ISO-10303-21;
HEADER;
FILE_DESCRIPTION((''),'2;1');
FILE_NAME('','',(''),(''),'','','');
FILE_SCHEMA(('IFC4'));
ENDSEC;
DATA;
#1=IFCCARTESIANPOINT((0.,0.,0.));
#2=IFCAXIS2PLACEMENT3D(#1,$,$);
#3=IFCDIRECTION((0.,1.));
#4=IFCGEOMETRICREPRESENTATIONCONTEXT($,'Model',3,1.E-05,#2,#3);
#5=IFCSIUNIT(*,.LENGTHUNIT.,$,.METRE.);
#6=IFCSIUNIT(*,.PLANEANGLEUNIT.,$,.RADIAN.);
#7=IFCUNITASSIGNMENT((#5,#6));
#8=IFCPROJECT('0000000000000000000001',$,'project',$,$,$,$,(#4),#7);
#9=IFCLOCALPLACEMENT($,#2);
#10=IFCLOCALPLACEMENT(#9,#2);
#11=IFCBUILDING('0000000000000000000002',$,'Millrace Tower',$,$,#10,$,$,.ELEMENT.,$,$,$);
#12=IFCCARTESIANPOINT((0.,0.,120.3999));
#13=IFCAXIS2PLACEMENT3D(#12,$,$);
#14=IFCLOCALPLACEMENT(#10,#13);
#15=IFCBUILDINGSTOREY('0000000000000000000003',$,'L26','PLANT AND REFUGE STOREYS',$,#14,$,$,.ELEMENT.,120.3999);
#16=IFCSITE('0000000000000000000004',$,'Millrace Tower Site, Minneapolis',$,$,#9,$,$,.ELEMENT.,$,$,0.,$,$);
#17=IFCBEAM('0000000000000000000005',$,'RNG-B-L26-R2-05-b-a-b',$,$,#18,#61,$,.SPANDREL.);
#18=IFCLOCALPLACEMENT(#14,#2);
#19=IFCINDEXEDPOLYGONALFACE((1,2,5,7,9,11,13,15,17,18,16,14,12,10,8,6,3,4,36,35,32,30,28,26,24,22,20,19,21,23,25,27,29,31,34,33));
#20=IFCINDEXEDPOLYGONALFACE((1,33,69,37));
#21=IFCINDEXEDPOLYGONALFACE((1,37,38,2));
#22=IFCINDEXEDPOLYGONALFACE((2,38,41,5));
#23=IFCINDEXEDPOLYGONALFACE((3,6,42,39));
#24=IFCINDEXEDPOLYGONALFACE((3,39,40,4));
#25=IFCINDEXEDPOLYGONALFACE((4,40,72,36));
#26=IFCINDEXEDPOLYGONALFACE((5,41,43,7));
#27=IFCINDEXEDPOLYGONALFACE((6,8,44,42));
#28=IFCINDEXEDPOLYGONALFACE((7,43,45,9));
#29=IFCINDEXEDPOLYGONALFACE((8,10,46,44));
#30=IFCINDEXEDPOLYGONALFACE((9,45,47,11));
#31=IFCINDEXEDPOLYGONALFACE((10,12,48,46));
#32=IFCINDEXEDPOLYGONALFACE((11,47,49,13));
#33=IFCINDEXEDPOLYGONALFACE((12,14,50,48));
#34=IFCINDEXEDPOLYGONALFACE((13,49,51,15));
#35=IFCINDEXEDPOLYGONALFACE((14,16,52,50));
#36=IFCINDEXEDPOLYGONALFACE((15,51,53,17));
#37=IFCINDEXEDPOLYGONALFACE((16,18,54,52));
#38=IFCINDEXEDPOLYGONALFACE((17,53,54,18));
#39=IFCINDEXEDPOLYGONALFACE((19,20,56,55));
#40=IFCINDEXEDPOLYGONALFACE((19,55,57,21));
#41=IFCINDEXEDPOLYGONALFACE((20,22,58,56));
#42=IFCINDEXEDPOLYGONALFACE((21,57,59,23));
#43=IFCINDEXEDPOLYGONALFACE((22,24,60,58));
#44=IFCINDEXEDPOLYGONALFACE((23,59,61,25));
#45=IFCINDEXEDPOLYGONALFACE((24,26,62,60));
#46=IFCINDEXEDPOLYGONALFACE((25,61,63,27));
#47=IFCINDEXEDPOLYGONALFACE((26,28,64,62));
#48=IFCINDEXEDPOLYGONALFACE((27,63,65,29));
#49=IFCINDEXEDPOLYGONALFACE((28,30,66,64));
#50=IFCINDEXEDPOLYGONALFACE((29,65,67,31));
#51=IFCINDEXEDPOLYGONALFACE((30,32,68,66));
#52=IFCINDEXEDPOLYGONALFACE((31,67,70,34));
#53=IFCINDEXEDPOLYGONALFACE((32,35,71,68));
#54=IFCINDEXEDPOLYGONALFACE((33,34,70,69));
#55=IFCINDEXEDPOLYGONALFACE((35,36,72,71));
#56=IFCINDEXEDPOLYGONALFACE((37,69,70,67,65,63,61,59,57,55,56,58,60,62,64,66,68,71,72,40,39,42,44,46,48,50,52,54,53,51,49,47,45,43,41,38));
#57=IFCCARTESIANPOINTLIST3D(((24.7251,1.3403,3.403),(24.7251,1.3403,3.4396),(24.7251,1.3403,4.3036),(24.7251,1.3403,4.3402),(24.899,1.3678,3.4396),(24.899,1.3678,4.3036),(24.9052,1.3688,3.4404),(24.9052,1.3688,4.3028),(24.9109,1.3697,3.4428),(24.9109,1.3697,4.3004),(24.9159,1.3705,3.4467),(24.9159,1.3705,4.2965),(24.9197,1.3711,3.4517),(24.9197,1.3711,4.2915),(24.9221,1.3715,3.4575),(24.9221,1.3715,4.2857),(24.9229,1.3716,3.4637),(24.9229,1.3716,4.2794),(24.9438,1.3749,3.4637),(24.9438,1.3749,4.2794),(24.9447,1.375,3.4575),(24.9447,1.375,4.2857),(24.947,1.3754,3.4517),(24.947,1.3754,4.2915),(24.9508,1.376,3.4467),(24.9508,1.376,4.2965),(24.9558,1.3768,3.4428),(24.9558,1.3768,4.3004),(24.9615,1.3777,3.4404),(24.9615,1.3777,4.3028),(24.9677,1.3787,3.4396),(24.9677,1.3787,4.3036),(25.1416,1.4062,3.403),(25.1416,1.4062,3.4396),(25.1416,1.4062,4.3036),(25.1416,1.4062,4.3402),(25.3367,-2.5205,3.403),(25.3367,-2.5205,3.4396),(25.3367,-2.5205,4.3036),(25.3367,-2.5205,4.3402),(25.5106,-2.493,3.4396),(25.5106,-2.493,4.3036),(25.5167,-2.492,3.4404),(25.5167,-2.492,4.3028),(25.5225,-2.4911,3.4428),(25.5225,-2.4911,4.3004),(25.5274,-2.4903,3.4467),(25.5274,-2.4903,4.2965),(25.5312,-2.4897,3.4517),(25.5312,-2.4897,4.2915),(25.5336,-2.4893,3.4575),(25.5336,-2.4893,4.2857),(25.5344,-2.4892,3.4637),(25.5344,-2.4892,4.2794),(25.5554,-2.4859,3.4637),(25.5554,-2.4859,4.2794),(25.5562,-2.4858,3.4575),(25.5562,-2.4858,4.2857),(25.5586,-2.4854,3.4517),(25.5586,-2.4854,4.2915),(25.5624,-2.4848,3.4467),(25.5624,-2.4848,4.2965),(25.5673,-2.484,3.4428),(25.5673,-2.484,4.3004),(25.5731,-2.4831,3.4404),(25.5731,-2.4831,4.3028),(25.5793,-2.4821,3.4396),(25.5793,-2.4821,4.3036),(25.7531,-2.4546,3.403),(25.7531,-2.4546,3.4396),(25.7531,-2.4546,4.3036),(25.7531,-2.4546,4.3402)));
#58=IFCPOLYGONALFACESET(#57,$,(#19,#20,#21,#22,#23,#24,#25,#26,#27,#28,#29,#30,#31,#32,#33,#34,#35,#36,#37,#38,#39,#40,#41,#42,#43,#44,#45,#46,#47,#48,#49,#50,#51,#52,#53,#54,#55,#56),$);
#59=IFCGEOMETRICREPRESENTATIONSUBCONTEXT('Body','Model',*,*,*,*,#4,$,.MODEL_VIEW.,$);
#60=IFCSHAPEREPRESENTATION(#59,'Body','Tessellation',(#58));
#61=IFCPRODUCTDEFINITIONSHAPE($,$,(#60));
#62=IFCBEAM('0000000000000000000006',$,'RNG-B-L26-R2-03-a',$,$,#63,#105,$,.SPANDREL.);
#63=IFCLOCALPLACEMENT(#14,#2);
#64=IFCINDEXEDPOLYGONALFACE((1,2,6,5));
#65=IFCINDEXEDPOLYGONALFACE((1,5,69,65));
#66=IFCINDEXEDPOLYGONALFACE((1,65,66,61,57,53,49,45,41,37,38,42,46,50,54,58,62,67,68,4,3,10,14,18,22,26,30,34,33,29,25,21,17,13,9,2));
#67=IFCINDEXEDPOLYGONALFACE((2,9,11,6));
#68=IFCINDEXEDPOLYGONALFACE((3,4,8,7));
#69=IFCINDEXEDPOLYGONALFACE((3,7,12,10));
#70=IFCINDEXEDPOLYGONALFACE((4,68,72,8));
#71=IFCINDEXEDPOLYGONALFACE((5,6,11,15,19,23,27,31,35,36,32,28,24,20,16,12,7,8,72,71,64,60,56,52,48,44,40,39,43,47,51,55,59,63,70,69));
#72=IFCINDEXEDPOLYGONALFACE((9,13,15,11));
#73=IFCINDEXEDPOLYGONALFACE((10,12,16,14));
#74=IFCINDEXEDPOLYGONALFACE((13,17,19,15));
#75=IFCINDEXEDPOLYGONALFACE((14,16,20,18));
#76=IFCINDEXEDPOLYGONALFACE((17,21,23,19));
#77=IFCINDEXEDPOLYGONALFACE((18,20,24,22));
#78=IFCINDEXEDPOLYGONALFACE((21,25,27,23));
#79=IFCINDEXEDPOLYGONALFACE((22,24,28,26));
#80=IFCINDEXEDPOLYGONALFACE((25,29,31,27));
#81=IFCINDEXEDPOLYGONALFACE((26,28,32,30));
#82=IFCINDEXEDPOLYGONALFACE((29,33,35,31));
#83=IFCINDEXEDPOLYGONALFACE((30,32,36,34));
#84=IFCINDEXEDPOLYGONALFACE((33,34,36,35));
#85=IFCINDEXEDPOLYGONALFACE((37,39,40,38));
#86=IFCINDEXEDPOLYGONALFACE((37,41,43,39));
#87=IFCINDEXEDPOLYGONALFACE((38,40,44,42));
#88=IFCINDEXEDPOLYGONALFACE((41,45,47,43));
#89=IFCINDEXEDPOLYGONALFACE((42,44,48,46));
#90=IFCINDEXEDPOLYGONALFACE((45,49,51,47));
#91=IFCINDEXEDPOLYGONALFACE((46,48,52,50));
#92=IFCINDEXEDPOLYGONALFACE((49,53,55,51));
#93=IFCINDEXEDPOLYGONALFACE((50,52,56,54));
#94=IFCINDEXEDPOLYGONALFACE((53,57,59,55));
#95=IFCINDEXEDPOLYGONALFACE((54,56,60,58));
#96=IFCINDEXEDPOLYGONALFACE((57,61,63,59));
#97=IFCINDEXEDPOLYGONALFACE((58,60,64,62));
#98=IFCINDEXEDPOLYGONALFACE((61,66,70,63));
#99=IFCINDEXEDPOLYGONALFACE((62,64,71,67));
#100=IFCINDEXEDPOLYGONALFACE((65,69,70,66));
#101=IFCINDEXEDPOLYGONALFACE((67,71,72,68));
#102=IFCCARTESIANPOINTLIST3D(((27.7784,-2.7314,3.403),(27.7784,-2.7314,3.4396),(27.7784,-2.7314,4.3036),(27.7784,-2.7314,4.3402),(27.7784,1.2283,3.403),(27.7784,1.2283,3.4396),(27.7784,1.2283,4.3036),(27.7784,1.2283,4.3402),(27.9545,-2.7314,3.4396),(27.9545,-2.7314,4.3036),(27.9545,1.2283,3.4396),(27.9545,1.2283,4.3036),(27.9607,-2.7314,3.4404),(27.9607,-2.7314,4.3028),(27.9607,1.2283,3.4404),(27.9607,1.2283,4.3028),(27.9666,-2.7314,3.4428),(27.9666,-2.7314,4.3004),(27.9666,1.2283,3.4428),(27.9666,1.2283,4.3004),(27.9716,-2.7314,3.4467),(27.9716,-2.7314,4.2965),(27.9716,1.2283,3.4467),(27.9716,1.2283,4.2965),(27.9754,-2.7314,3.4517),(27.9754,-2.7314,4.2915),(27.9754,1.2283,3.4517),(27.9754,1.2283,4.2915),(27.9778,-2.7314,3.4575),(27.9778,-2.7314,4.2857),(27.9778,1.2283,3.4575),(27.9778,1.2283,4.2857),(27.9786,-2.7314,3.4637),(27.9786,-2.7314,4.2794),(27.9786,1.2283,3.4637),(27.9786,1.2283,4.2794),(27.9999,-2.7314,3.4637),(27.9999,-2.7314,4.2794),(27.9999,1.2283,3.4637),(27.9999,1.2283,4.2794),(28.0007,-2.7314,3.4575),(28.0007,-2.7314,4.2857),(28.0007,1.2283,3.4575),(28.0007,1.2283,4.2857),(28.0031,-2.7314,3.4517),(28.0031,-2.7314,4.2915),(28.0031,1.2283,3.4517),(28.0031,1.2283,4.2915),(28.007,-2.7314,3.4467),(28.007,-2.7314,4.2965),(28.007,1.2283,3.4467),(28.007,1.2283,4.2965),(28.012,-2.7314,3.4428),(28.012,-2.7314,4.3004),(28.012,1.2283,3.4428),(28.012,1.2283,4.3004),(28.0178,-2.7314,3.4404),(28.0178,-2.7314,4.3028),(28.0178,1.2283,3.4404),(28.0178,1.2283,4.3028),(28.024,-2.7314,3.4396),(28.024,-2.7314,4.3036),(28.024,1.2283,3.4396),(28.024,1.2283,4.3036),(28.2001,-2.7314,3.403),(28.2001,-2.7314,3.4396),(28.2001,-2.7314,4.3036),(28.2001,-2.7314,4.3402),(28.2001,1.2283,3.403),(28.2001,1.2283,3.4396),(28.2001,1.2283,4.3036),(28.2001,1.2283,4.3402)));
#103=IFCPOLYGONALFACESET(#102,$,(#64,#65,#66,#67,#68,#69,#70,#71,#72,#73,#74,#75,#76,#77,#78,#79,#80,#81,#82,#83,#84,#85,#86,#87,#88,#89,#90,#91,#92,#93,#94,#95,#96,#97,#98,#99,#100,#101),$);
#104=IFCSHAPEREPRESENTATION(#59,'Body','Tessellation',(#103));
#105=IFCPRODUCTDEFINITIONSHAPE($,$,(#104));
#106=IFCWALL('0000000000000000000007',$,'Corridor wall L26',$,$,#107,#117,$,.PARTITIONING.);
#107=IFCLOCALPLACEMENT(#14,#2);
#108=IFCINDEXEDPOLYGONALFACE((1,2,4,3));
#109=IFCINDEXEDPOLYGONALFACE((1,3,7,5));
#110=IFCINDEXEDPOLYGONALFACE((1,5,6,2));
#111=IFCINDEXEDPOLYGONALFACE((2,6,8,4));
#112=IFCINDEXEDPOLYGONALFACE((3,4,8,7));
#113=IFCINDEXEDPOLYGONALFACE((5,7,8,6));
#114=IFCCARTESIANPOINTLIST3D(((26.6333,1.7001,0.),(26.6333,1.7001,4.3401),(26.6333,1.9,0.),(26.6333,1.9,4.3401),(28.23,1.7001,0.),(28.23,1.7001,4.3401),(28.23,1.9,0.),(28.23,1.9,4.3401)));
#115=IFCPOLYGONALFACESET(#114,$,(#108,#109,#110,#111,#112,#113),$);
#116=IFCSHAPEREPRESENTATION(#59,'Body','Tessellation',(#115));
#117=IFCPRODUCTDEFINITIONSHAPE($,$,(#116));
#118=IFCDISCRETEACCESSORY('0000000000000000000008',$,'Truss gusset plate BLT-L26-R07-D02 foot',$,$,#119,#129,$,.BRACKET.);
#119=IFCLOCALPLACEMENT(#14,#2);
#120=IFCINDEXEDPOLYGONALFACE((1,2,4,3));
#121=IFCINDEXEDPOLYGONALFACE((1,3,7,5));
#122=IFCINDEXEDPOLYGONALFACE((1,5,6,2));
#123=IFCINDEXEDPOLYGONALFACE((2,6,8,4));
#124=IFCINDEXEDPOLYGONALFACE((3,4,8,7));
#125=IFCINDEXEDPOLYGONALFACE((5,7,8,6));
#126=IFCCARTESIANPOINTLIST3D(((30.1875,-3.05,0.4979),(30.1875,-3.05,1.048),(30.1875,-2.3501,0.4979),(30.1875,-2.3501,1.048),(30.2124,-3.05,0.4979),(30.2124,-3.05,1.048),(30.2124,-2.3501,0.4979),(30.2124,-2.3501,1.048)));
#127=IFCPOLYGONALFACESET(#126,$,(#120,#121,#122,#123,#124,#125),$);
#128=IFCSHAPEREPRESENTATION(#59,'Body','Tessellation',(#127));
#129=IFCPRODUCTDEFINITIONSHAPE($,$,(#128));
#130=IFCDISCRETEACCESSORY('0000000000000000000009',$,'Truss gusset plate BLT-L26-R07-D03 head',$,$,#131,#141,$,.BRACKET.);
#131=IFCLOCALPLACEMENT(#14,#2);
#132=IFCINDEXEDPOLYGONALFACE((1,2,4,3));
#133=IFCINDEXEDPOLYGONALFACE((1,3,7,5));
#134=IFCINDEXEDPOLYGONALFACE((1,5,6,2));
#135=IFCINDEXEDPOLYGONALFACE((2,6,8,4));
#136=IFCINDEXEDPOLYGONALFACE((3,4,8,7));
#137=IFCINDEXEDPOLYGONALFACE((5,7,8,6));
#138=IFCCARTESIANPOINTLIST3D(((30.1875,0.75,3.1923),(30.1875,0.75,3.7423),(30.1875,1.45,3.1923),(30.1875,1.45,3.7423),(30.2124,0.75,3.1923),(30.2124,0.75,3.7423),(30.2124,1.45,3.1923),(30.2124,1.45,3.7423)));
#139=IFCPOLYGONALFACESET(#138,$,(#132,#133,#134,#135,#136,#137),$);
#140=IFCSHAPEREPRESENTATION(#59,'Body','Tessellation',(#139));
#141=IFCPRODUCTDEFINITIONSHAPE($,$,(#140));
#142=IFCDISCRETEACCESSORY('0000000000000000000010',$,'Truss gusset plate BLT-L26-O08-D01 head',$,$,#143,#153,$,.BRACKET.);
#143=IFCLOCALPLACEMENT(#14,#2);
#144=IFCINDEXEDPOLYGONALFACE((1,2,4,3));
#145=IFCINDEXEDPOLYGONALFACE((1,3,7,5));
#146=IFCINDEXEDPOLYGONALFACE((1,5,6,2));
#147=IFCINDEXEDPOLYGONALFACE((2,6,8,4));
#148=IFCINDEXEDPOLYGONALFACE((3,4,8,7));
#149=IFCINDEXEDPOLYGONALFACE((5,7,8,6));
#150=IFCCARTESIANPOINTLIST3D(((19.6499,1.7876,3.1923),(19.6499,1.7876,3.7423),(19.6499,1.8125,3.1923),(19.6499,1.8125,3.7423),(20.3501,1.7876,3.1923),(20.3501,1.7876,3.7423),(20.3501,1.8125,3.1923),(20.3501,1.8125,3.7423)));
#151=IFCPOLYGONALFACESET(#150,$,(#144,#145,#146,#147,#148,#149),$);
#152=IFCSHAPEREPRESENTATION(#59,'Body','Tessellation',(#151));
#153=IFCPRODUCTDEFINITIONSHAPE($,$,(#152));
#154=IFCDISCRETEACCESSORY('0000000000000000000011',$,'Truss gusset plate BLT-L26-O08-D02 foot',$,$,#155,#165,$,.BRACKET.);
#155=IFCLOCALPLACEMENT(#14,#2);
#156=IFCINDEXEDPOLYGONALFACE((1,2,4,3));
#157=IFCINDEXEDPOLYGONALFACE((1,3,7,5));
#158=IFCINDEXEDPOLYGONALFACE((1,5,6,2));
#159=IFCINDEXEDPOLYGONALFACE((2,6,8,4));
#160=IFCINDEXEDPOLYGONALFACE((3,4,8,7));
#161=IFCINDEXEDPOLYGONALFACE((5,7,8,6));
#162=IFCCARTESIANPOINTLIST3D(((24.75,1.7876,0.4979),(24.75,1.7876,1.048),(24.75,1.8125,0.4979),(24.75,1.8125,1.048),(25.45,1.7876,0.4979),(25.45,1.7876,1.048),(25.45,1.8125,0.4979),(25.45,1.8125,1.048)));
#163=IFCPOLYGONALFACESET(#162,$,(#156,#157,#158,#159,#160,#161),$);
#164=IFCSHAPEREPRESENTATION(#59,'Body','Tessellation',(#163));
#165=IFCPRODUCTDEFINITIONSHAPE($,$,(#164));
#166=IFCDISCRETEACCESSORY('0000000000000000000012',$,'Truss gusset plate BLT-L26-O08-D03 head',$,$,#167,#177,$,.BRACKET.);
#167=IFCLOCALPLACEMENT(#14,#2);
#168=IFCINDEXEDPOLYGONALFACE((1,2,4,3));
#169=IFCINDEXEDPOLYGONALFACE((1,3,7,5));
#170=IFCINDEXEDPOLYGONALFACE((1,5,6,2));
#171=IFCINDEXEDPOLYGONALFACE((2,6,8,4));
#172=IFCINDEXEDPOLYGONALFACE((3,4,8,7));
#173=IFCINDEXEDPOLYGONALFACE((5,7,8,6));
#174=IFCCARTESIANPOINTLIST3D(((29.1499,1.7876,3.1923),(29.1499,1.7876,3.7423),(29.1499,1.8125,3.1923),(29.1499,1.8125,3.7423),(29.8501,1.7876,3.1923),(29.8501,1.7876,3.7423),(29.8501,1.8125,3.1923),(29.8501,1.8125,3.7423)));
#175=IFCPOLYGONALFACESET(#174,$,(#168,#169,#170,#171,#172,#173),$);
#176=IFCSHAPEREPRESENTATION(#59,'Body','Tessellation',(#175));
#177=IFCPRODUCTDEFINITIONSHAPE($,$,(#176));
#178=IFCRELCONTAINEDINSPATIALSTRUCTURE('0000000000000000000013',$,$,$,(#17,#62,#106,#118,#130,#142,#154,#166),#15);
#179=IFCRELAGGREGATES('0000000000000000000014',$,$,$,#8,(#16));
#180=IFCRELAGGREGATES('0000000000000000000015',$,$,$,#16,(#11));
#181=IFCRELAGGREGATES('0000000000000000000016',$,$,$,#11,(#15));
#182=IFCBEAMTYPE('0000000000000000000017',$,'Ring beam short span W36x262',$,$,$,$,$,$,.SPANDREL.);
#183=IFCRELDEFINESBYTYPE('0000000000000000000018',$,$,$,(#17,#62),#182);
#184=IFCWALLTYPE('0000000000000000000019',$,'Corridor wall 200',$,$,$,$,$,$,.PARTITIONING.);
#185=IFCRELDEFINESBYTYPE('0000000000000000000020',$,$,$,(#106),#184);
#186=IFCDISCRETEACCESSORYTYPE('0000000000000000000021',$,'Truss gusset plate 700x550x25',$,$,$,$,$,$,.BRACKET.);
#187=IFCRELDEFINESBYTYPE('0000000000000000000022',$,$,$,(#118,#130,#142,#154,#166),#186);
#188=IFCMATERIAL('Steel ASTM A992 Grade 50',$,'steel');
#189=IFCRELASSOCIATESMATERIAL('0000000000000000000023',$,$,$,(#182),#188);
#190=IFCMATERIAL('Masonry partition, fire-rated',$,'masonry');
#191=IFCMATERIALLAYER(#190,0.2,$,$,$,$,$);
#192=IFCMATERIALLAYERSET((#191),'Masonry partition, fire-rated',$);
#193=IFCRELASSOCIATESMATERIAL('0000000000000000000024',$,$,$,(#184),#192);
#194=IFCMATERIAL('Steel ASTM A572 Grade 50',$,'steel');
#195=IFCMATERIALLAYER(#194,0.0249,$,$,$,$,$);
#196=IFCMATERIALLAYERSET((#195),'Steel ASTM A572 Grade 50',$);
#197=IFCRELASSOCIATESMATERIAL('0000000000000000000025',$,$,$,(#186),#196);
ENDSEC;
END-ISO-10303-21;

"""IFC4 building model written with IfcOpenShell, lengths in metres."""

from ifc_helpers import new_model, si_unit, direction, frame, frame_2d, origin, origin_2d, place, context, subcontext, project, spatial, rectangle, i_section, extrude, material, layer, layer_set, material_profile, profile_set, type_object, element, save


model = new_model("IFC4")

# Units and contexts
model_context = context("Model", 3, precision=1e-05, world=origin(), true_north=direction((0.0, 1.0)))
body_context = subcontext(model_context, "Body", "Model", "MODEL_VIEW")
ifc_project = project(units=[si_unit("LENGTHUNIT", "METRE"), si_unit("PLANEANGLEUNIT", "RADIAN")], contexts=[model_context])

# Site, building, storey
site_placement = place(None, origin())
site = spatial("IfcSite", under=ifc_project, at=site_placement, Name="Millrace Tower Site, Minneapolis", CompositionType="ELEMENT", RefElevation=0.0)
building_placement = place(site_placement, origin())
building = spatial("IfcBuilding", under=site, at=building_placement, Name="Millrace Tower", CompositionType="ELEMENT")
storey_placement = place(building_placement, frame((0.0, 0.0, 120.3999)))
storey = spatial("IfcBuildingStorey", under=building, at=storey_placement, Name="L26", Description="PLANT AND REFUGE STOREYS", CompositionType="ELEMENT", Elevation=120.3999)

# Beams
ifc_material_1 = material(Name="Steel ASTM A992 Grade 50", Category="steel")
ifc_material_profile_1 = material_profile(ifc_material_1, i_section(OverallWidth=0.4216, OverallDepth=0.9373, WebThickness=0.0212, FlangeThickness=0.0366, FilletRadius=0.0242, at=origin_2d()))
ifc_profile_set_1 = profile_set([ifc_material_profile_1], Name="Steel ASTM A992 Grade 50")
beam_type_1 = type_object("IfcBeamType", Name="Ring beam short span W36x262", PredefinedType="SPANDREL", material=ifc_profile_set_1)
beam_1_placement = place(storey_placement, frame((25.5449, -2.4875, 3.8716), z_axis=(-0.156453, 0.987685, 0.0), x_axis=(-0.987685, -0.156453, 0.0)))
element("IfcBeam", 1, at=beam_1_placement, inside=storey, type_object=beam_type_1, Name="RNG-B-L26-R2-05-b-a-b", PredefinedType="SPANDREL", context=body_context, shape_type="SweptSolid", body=[
    extrude(i_section(OverallWidth=0.4216, OverallDepth=0.9373, WebThickness=0.0212, FlangeThickness=0.0366, FilletRadius=0.0242, at=origin_2d()), origin(), (0.0, 0.0, 1.0), 3.9089),
])
beam_2_placement = place(storey_placement, frame((27.9893, 1.2283, 3.8716), z_axis=(0.0, -1.0, 0.0), x_axis=(1.0, 0.0, 0.0)))
element("IfcBeam", 2, at=beam_2_placement, inside=storey, type_object=beam_type_1, Name="RNG-B-L26-R2-03-a", PredefinedType="SPANDREL", context=body_context, shape_type="SweptSolid", body=[
    extrude(i_section(OverallWidth=0.4216, OverallDepth=0.9373, WebThickness=0.0212, FlangeThickness=0.0366, FilletRadius=0.0242, at=origin_2d()), origin(), (0.0, 0.0, 1.0), 3.9597),
])

# Wall
ifc_material_2 = material(Name="Masonry partition, fire-rated", Category="masonry")
ifc_layer_1 = layer(ifc_material_2, 0.2)
ifc_layer_set_1 = layer_set([ifc_layer_1], Name="Masonry partition, fire-rated")
wall_type = type_object("IfcWallType", Name="Corridor wall 200", PredefinedType="PARTITIONING", material=ifc_layer_set_1)
wall_placement = place(storey_placement, frame((26.6333, 1.8, 0.0), z_axis=(0.0, 0.0, 1.0), x_axis=(1.0, 0.0, 0.0)))
element("IfcWall", 3, at=wall_placement, inside=storey, type_object=wall_type, Name="Corridor wall L26", PredefinedType="PARTITIONING", context=body_context, shape_type="SweptSolid", body=[
    extrude(rectangle(XDim=1.5967, YDim=0.2, at=frame_2d((0.7983, 0.0))), origin(), (0.0, 0.0, 1.0), 4.3401),
])

# Discrete accessories
ifc_material_3 = material(Name="Steel ASTM A572 Grade 50", Category="steel")
ifc_layer_2 = layer(ifc_material_3, 0.0249)
ifc_layer_set_2 = layer_set([ifc_layer_2], Name="Steel ASTM A572 Grade 50")
discrete_accessory_type = type_object("IfcDiscreteAccessoryType", Name="Truss gusset plate 700x550x25", PredefinedType="BRACKET", material=ifc_layer_set_2)
for number, where, z_axis, x_axis, name in (
    (4, (30.2, -3.05, 0.7729), (0.0, 1.0, 0.0), (-1.0, 0.0, 0.0), "Truss gusset plate BLT-L26-R07-D02 foot"),
    (5, (30.2, 0.75, 3.4673), (0.0, 1.0, 0.0), (-1.0, 0.0, 0.0), "Truss gusset plate BLT-L26-R07-D03 head"),
):
    element("IfcDiscreteAccessory", number, at=place(storey_placement, frame(where, z_axis=z_axis, x_axis=x_axis)), inside=storey, type_object=discrete_accessory_type, Name=name, PredefinedType="BRACKET", context=body_context, shape_type="SweptSolid", body=[
        extrude(rectangle(XDim=0.0249, YDim=0.55, at=origin_2d()), origin(), (0.0, 0.0, 1.0), 0.7),
    ])
discrete_accessory_1_placement = place(storey_placement, frame((19.6499, 1.8, 3.4673), z_axis=(1.0, 0.0, 0.0), x_axis=(0.0, 1.0, 0.0)))
element("IfcDiscreteAccessory", 6, at=discrete_accessory_1_placement, inside=storey, type_object=discrete_accessory_type, Name="Truss gusset plate BLT-L26-O08-D01 head", PredefinedType="BRACKET", context=body_context, shape_type="SweptSolid", body=[
    extrude(rectangle(XDim=0.0249, YDim=0.55, at=origin_2d()), origin(), (0.0, 0.0, 1.0), 0.7002),
])
discrete_accessory_2_placement = place(storey_placement, frame((24.75, 1.8, 0.7729), z_axis=(1.0, 0.0, 0.0), x_axis=(0.0, 1.0, 0.0)))
element("IfcDiscreteAccessory", 7, at=discrete_accessory_2_placement, inside=storey, type_object=discrete_accessory_type, Name="Truss gusset plate BLT-L26-O08-D02 foot", PredefinedType="BRACKET", context=body_context, shape_type="SweptSolid", body=[
    extrude(rectangle(XDim=0.0249, YDim=0.55, at=origin_2d()), origin(), (0.0, 0.0, 1.0), 0.7),
])
discrete_accessory_3_placement = place(storey_placement, frame((29.1499, 1.8, 3.4673), z_axis=(1.0, 0.0, 0.0), x_axis=(0.0, 1.0, 0.0)))
element("IfcDiscreteAccessory", 8, at=discrete_accessory_3_placement, inside=storey, type_object=discrete_accessory_type, Name="Truss gusset plate BLT-L26-O08-D03 head", PredefinedType="BRACKET", context=body_context, shape_type="SweptSolid", body=[
    extrude(rectangle(XDim=0.0249, YDim=0.55, at=origin_2d()), origin(), (0.0, 0.0, 1.0), 0.7002),
])

save(model, "model.ifc")
